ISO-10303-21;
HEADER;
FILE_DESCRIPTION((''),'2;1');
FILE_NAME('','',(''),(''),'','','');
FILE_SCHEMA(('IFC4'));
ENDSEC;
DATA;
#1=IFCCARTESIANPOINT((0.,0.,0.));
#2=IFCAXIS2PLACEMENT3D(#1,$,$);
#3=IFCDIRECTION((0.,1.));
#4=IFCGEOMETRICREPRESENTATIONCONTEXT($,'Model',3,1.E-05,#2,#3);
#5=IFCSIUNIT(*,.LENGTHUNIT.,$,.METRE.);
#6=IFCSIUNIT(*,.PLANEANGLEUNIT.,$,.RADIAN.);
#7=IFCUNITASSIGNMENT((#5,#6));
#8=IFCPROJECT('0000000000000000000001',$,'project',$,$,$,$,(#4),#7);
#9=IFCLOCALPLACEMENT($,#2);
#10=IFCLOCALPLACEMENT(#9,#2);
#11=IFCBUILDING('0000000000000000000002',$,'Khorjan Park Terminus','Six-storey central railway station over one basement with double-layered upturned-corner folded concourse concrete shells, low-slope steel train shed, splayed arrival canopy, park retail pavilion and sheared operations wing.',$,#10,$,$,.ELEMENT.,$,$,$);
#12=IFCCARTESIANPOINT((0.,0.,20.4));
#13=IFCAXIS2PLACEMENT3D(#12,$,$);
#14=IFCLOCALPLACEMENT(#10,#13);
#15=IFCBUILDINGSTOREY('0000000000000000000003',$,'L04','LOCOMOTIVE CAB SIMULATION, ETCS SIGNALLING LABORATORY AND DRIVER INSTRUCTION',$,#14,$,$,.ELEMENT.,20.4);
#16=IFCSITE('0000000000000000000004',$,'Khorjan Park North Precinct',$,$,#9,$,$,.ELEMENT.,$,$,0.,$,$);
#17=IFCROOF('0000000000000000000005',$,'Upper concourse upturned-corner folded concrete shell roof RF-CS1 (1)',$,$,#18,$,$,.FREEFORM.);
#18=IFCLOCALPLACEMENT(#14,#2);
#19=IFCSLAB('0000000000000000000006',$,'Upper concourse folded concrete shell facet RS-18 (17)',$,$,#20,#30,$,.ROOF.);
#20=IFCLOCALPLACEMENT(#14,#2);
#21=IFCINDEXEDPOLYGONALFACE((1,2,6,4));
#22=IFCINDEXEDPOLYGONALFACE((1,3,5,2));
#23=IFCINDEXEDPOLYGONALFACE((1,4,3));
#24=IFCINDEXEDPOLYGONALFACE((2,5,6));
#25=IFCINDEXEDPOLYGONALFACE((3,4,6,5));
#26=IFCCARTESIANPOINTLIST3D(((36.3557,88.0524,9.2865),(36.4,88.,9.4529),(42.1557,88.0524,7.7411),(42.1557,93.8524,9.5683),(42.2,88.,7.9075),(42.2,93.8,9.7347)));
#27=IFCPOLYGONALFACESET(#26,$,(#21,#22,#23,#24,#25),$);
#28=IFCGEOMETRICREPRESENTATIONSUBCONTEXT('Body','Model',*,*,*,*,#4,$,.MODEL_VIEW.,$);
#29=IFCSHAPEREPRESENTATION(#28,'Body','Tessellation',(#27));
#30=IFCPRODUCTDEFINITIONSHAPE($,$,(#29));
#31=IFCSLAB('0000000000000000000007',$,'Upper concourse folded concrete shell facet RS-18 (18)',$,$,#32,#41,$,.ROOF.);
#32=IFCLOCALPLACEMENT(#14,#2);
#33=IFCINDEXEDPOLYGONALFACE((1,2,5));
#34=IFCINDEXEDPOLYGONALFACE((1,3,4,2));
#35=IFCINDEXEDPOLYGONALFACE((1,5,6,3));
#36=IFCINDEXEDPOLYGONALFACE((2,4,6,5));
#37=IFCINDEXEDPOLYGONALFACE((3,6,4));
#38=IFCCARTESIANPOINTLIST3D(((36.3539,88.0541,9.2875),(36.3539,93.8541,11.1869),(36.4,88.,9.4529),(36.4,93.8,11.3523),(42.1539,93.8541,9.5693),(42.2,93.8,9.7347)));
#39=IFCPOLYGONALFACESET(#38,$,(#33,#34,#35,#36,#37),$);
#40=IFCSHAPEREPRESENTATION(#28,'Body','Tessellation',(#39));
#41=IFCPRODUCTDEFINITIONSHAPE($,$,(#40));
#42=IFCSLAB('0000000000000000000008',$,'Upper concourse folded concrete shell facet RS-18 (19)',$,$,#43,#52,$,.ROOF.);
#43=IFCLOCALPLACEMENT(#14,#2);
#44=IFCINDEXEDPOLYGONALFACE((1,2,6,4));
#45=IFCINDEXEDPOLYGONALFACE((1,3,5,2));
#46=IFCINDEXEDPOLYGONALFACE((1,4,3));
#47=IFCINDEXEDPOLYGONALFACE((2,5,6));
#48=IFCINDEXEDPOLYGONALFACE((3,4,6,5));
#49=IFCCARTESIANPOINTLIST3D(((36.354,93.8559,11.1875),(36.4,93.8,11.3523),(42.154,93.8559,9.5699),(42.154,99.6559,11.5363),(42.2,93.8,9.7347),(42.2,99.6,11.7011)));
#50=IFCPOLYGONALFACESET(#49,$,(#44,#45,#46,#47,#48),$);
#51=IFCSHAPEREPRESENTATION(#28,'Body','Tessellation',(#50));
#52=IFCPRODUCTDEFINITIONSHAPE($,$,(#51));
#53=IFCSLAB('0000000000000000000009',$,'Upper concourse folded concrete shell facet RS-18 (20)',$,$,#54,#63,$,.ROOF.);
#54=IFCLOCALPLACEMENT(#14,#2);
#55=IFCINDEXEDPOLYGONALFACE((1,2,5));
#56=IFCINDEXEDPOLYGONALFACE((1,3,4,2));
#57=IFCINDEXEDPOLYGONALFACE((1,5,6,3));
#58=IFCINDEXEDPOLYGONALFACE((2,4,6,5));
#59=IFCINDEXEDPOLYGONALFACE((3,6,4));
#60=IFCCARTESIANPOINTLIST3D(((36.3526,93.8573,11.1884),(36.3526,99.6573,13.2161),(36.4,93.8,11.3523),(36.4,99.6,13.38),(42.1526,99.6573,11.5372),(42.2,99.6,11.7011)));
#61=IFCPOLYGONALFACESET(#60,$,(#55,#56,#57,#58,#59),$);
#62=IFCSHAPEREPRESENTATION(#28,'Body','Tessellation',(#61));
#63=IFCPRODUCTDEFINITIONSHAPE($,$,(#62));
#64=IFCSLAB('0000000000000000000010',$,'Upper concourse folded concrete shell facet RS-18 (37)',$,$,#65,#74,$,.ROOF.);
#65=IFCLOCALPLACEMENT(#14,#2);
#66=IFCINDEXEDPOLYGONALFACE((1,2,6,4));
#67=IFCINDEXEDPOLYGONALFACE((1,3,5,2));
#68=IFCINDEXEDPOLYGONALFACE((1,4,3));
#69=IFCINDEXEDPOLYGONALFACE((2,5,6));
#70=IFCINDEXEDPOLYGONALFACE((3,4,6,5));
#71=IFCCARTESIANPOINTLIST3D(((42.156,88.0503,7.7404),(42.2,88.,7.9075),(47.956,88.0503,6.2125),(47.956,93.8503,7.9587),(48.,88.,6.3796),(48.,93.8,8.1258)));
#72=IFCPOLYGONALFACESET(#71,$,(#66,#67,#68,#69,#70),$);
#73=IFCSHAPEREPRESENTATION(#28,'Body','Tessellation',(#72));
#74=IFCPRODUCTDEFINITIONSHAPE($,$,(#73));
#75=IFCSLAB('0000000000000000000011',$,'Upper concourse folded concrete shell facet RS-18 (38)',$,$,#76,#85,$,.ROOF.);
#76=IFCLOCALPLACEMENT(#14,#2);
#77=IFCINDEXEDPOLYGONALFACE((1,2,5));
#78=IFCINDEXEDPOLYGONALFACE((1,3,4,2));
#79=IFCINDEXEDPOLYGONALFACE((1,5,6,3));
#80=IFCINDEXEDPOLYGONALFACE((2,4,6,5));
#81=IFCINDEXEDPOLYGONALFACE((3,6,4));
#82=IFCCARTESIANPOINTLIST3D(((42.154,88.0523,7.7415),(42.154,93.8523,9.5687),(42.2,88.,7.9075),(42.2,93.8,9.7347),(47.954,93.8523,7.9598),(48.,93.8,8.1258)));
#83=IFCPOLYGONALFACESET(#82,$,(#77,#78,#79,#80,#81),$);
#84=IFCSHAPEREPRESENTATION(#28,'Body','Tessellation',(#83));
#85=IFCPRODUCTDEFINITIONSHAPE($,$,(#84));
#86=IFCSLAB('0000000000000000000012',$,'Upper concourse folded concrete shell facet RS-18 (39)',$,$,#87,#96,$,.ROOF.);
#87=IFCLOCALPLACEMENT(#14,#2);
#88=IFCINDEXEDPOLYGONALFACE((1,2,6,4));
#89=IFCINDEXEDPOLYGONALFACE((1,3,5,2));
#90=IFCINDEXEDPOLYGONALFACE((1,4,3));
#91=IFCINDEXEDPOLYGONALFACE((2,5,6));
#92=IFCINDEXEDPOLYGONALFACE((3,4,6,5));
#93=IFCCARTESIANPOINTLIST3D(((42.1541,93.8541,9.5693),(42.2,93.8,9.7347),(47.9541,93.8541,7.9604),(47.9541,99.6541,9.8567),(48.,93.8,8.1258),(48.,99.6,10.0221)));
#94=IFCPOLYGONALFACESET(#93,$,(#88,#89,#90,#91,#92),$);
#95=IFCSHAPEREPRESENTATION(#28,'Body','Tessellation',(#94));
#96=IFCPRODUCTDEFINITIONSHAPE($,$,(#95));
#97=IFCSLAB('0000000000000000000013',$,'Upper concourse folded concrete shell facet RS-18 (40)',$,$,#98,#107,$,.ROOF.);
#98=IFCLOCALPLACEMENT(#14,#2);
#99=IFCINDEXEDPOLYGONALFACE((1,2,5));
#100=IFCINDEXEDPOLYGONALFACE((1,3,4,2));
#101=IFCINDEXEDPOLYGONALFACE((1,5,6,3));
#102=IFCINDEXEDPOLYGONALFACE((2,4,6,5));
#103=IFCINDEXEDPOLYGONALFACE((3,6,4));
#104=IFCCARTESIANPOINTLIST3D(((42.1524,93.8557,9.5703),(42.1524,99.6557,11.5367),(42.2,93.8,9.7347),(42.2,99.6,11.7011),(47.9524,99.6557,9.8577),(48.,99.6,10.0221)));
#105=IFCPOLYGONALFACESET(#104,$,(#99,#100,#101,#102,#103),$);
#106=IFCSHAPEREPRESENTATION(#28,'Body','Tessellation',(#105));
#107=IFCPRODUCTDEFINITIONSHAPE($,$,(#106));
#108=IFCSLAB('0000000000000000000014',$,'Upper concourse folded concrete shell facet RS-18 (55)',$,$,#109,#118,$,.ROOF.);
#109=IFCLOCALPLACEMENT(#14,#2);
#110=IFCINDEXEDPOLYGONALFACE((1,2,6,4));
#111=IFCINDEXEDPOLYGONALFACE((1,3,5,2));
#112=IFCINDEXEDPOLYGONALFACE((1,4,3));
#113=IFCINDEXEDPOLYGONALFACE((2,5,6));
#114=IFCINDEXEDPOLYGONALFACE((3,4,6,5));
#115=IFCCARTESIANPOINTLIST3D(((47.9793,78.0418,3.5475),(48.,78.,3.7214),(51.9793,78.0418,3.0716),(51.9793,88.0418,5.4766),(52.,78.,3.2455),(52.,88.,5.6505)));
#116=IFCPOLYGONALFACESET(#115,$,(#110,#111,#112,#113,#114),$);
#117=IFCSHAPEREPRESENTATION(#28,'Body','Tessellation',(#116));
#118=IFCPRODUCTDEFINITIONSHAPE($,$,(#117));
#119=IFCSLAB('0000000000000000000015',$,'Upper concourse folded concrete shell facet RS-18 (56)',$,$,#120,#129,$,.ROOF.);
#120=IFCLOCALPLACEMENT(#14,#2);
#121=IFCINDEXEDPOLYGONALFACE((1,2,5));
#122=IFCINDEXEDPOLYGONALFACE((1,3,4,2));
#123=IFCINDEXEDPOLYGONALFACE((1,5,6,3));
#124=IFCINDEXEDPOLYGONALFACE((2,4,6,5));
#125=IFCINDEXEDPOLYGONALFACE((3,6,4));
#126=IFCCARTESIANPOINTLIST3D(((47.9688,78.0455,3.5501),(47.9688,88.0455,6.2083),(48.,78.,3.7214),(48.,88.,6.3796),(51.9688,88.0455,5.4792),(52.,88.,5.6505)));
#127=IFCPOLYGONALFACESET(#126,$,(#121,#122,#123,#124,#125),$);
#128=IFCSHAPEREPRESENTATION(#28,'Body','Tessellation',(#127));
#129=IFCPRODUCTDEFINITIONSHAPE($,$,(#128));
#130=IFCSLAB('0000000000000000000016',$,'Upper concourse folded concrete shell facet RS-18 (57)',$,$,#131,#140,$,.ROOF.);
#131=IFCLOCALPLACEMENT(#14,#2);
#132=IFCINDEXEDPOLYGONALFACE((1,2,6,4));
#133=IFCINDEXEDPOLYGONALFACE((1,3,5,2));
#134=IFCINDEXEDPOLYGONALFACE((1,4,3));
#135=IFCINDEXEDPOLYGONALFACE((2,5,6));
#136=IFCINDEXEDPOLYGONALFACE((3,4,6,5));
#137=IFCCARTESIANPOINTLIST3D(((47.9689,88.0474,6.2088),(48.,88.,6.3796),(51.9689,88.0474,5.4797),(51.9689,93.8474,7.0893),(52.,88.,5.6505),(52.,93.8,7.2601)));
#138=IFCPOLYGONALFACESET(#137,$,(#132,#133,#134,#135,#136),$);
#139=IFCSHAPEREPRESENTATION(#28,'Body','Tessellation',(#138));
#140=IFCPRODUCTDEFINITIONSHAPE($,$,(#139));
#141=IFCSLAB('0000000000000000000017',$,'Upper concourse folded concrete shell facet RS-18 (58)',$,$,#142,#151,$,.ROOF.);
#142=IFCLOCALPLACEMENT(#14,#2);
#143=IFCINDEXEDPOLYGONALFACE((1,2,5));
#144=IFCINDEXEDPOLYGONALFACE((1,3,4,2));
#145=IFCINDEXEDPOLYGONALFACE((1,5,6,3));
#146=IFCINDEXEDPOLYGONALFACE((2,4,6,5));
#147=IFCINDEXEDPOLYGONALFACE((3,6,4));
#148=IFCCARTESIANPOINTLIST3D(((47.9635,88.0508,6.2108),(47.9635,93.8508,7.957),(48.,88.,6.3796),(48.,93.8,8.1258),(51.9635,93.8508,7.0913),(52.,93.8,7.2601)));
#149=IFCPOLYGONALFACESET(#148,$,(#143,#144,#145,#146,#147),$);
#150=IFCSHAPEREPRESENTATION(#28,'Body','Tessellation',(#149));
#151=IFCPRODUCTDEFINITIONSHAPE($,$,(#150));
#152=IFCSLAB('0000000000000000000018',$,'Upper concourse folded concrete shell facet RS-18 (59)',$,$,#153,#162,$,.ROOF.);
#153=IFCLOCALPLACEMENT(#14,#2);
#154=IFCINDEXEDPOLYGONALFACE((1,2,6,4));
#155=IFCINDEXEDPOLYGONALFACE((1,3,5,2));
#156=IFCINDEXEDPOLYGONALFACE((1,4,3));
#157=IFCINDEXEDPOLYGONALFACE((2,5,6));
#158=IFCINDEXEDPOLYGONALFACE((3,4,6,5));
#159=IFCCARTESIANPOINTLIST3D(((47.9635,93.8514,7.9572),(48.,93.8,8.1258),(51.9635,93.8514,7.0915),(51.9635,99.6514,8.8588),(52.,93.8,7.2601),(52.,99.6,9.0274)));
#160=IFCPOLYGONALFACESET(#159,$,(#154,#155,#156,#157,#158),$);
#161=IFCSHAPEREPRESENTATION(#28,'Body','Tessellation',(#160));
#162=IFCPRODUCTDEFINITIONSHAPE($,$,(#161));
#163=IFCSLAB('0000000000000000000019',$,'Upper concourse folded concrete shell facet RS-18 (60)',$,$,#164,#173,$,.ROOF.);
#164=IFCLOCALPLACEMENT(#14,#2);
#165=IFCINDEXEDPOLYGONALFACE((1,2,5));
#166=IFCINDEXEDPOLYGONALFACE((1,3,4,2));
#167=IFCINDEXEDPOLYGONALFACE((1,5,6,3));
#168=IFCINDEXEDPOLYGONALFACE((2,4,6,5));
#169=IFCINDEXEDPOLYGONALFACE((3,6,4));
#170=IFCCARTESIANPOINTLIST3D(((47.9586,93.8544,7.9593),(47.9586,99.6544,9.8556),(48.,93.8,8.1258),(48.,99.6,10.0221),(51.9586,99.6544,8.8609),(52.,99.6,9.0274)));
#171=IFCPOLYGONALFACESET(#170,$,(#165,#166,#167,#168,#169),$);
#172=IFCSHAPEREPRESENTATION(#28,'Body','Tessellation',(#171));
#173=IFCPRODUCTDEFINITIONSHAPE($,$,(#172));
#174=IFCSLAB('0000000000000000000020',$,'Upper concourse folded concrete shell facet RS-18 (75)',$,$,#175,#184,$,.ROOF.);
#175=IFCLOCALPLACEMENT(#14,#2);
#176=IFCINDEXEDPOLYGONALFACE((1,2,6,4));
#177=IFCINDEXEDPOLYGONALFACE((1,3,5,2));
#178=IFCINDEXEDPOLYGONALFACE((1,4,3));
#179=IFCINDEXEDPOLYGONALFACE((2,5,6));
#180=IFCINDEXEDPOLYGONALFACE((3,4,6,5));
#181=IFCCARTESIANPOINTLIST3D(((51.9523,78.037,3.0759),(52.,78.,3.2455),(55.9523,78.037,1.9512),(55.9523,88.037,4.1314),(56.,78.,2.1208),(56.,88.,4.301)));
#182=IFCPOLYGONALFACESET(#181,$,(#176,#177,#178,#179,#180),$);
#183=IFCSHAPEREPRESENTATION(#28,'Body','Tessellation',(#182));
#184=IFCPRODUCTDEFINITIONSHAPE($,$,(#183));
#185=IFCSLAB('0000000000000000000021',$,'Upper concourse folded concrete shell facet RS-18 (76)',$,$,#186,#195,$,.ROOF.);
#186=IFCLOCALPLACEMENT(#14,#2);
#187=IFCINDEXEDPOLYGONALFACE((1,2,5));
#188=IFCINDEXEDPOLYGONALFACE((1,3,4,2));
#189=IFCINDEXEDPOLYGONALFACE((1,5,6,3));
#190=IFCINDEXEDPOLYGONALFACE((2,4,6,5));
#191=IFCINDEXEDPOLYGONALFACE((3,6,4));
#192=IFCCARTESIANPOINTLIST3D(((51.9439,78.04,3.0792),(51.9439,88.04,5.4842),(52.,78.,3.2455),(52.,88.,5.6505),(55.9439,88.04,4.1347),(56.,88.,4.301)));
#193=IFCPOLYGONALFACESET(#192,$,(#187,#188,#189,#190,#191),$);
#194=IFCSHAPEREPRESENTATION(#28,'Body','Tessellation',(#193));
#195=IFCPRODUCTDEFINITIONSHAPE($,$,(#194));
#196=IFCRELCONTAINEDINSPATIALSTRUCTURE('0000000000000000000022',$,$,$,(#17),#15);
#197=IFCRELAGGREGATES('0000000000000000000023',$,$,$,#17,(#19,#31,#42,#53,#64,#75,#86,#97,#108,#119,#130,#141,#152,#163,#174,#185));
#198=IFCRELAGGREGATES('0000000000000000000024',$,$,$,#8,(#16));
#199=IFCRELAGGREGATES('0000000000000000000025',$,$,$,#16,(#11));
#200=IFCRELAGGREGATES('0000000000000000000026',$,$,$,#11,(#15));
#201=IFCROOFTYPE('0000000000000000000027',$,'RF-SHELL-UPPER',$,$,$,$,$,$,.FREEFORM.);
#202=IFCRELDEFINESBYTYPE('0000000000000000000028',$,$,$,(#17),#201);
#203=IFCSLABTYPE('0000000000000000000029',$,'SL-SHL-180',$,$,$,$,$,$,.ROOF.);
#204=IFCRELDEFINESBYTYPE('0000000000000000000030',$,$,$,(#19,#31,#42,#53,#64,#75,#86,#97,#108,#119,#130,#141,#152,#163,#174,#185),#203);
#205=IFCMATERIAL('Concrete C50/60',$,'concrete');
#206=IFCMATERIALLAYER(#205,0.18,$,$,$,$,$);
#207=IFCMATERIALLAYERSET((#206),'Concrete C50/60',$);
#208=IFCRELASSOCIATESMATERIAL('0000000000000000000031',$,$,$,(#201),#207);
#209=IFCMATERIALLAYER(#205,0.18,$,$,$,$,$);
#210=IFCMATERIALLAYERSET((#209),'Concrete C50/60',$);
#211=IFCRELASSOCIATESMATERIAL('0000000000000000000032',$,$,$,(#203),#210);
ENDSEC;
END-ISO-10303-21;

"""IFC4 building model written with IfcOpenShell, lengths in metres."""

from ifc_helpers import new_model, si_unit, direction, frame, origin, place, context, subcontext, project, spatial, polyline, outline, extrude, material, layer, layer_set, type_object, element, aggregate, save


model = new_model("IFC4")

# Units and contexts
model_context = context("Model", 3, precision=1e-05, world=origin(), true_north=direction((0.0, 1.0)))
body_context = subcontext(model_context, "Body", "Model", "MODEL_VIEW")
ifc_project = project(units=[si_unit("LENGTHUNIT", "METRE"), si_unit("PLANEANGLEUNIT", "RADIAN")], contexts=[model_context])

# Site, building, storey
site_placement = place(None, origin())
site = spatial("IfcSite", under=ifc_project, at=site_placement, Name="Khorjan Park North Precinct", CompositionType="ELEMENT", RefElevation=0.0)
building_placement = place(site_placement, origin())
building = spatial("IfcBuilding", under=site, at=building_placement, Name="Khorjan Park Terminus", Description="Six-storey central railway station over one basement with double-layered upturned-corner folded concourse concrete shells, low-slope steel train shed, splayed arrival canopy, park retail pavilion and sheared operations wing.", CompositionType="ELEMENT")
storey_placement = place(building_placement, frame((0.0, 0.0, 20.4)))
storey = spatial("IfcBuildingStorey", under=building, at=storey_placement, Name="L04", Description="LOCOMOTIVE CAB SIMULATION, ETCS SIGNALLING LABORATORY AND DRIVER INSTRUCTION", CompositionType="ELEMENT", Elevation=20.4)

# Roof, slabs
ifc_material = material(Name="Concrete C50/60", Category="concrete")
ifc_layer_1 = layer(ifc_material, 0.18)
ifc_layer_set_1 = layer_set([ifc_layer_1], Name="Concrete C50/60")
roof_type = type_object("IfcRoofType", Name="RF-SHELL-UPPER", PredefinedType="FREEFORM", material=ifc_layer_set_1)
roof_placement = place(storey_placement, origin())
roof = element("IfcRoof", 1, at=roof_placement, inside=storey, type_object=roof_type, Name="Upper concourse upturned-corner folded concrete shell roof RF-CS1 (1)", PredefinedType="FREEFORM")
ifc_layer_2 = layer(ifc_material, 0.18)
ifc_layer_set_2 = layer_set([ifc_layer_2], Name="Concrete C50/60")
slab_type = type_object("IfcSlabType", Name="SL-SHL-180", PredefinedType="ROOF", material=ifc_layer_set_2)
slab_1_placement = place(storey_placement, frame((36.4, 88.0, 9.4529), z_axis=(0.246306, -0.291219, 0.924405), x_axis=(0.966287, 0.0, -0.257466)))
slab_1 = element("IfcSlab", 2, at=slab_1_placement, type_object=slab_type, Name="Upper concourse folded concrete shell facet RS-18 (17)", PredefinedType="ROOF", context=body_context, shape_type="SweptSolid", body=[
    extrude(outline(polyline([(0.0, 0.0), (6.0024, 0.0), (5.5319, 6.0628), (0.0, 0.0)])), origin(), (0.0, 0.0, -1.0), 0.18),
])
slab_2_placement = place(storey_placement, frame((36.4, 88.0, 9.4529), z_axis=(0.2562, -0.300832, 0.918619), x_axis=(0.70669, 0.70669, 0.034335)))
slab_2 = element("IfcSlab", 3, at=slab_2_placement, type_object=slab_type, Name="Upper concourse folded concrete shell facet RS-18 (18)", PredefinedType="ROOF", context=body_context, shape_type="SweptSolid", body=[
    extrude(outline(polyline([(0.0, 0.0), (8.2073, 0.0), (4.164, 4.4619), (0.0, 0.0)])), origin(), (0.0, 0.0, -1.0), 0.18),
])
slab_3_placement = place(storey_placement, frame((36.4, 93.8, 11.3523), z_axis=(0.255372, -0.310437, 0.91565), x_axis=(0.963239, 0.0, -0.268644)))
slab_3 = element("IfcSlab", 4, at=slab_3_placement, type_object=slab_type, Name="Upper concourse folded concrete shell facet RS-18 (19)", PredefinedType="ROOF", context=body_context, shape_type="SweptSolid", body=[
    extrude(outline(polyline([(0.0, 0.0), (6.0213, 0.0), (5.4931, 6.1014), (0.0, 0.0)])), origin(), (0.0, 0.0, -1.0), 0.18),
])
slab_4_placement = place(storey_placement, frame((36.4, 93.8, 11.3523), z_axis=(0.263585, -0.318346, 0.910592), x_axis=(0.706468, 0.706468, 0.042486)))
slab_4 = element("IfcSlab", 5, at=slab_4_placement, type_object=slab_type, Name="Upper concourse folded concrete shell facet RS-18 (20)", PredefinedType="ROOF", context=body_context, shape_type="SweptSolid", body=[
    extrude(outline(polyline([(0.0, 0.0), (8.2099, 0.0), (4.1837, 4.4998), (0.0, 0.0)])), origin(), (0.0, 0.0, -1.0), 0.18),
])
slab_5_placement = place(storey_placement, frame((42.2, 88.0, 7.9075), z_axis=(0.244586, -0.279531, 0.928461), x_axis=(0.967009, 0.0, -0.25474)))
slab_5 = element("IfcSlab", 6, at=slab_5_placement, type_object=slab_type, Name="Upper concourse folded concrete shell facet RS-18 (37)", PredefinedType="ROOF", context=body_context, shape_type="SweptSolid", body=[
    extrude(outline(polyline([(0.0, 0.0), (5.9979, 0.0), (5.553, 6.0408), (0.0, 0.0)])), origin(), (0.0, 0.0, -1.0), 0.18),
])
slab_6_placement = place(storey_placement, frame((42.2, 88.0, 7.9075), z_axis=(0.255777, -0.290481, 0.922062), x_axis=(0.706856, 0.706856, 0.026605)))
slab_6 = element("IfcSlab", 7, at=slab_6_placement, type_object=slab_type, Name="Upper concourse folded concrete shell facet RS-18 (38)", PredefinedType="ROOF", context=body_context, shape_type="SweptSolid", body=[
    extrude(outline(polyline([(0.0, 0.0), (8.2053, 0.0), (4.1484, 4.4463), (0.0, 0.0)])), origin(), (0.0, 0.0, -1.0), 0.18),
])
slab_7_placement = place(storey_placement, frame((42.2, 93.8, 9.7347), z_axis=(0.254949, -0.300491, 0.919079), x_axis=(0.963613, 0.0, -0.267303)))
slab_7 = element("IfcSlab", 8, at=slab_7_placement, type_object=slab_type, Name="Upper concourse folded concrete shell facet RS-18 (39)", PredefinedType="ROOF", context=body_context, shape_type="SweptSolid", body=[
    extrude(outline(polyline([(0.0, 0.0), (6.019, 0.0), (5.5121, 6.081), (0.0, 0.0)])), origin(), (0.0, 0.0, -1.0), 0.18),
])
slab_8_placement = place(storey_placement, frame((42.2, 93.8, 9.7347), z_axis=(0.264399, -0.309657, 0.913349), x_axis=(0.706673, 0.706673, 0.035017)))
slab_8 = element("IfcSlab", 9, at=slab_8_placement, type_object=slab_type, Name="Upper concourse folded concrete shell facet RS-18 (40)", PredefinedType="ROOF", context=body_context, shape_type="SweptSolid", body=[
    extrude(outline(polyline([(0.0, 0.0), (8.2075, 0.0), (4.1676, 4.4876), (0.0, 0.0)])), origin(), (0.0, 0.0, -1.0), 0.18),
])
slab_9_placement = place(storey_placement, frame((48.0, 78.0, 3.7214), z_axis=(0.11491, -0.232284, 0.965836), x_axis=(0.992997, 0.0, -0.118142)))
slab_9 = element("IfcSlab", 10, at=slab_9_placement, type_object=slab_type, Name="Upper concourse folded concrete shell facet RS-18 (55)", PredefinedType="ROOF", context=body_context, shape_type="SweptSolid", body=[
    extrude(outline(polyline([(0.0, 0.0), (4.0282, 0.0), (3.7441, 10.2812), (0.0, 0.0)])), origin(), (0.0, 0.0, -1.0), 0.18),
])
slab_10_placement = place(storey_placement, frame((48.0, 78.0, 3.7214), z_axis=(0.173486, -0.253003, 0.951784), x_axis=(0.365573, 0.913932, 0.176307)))
slab_10 = element("IfcSlab", 11, at=slab_10_placement, type_object=slab_type, Name="Upper concourse folded concrete shell facet RS-18 (56)", PredefinedType="ROOF", context=body_context, shape_type="SweptSolid", body=[
    extrude(outline(polyline([(0.0, 0.0), (10.9417, 0.0), (9.608, 3.8409), (0.0, 0.0)])), origin(), (0.0, 0.0, -1.0), 0.18),
])
slab_11_placement = place(storey_placement, frame((48.0, 88.0, 6.3796), z_axis=(0.172989, -0.263379, 0.949055), x_axis=(0.983791, 0.0, -0.17932)))
slab_11 = element("IfcSlab", 12, at=slab_11_placement, type_object=slab_type, Name="Upper concourse folded concrete shell facet RS-18 (57)", PredefinedType="ROOF", context=body_context, shape_type="SweptSolid", body=[
    extrude(outline(polyline([(0.0, 0.0), (4.0659, 0.0), (3.7773, 6.0123), (0.0, 0.0)])), origin(), (0.0, 0.0, -1.0), 0.18),
])
slab_12_placement = place(storey_placement, frame((48.0, 88.0, 6.3796), z_axis=(0.202925, -0.282289, 0.937622), x_axis=(0.563351, 0.816859, 0.124008)))
slab_12 = element("IfcSlab", 13, at=slab_12_placement, type_object=slab_type, Name="Upper concourse folded concrete shell facet RS-18 (58)", PredefinedType="ROOF", context=body_context, shape_type="SweptSolid", body=[
    extrude(outline(polyline([(0.0, 0.0), (7.1004, 0.0), (4.9543, 3.4848), (0.0, 0.0)])), origin(), (0.0, 0.0, -1.0), 0.18),
])
slab_13_placement = place(storey_placement, frame((48.0, 93.8, 8.1258), z_axis=(0.202728, -0.285423, 0.936715), x_axis=(0.977372, 0.0, -0.211528)))
slab_13 = element("IfcSlab", 14, at=slab_13_placement, type_object=slab_type, Name="Upper concourse folded concrete shell facet RS-18 (59)", PredefinedType="ROOF", context=body_context, shape_type="SweptSolid", body=[
    extrude(outline(polyline([(0.0, 0.0), (4.0926, 0.0), (3.7188, 6.0517), (0.0, 0.0)])), origin(), (0.0, 0.0, -1.0), 0.18),
])
slab_14_placement = place(storey_placement, frame((48.0, 93.8, 8.1258), z_axis=(0.230025, -0.302427, 0.925001), x_axis=(0.563141, 0.816554, 0.126932)))
slab_14 = element("IfcSlab", 15, at=slab_14_placement, type_object=slab_type, Name="Upper concourse folded concrete shell facet RS-18 (60)", PredefinedType="ROOF", context=body_context, shape_type="SweptSolid", body=[
    extrude(outline(polyline([(0.0, 0.0), (7.103, 0.0), (4.9767, 3.531), (0.0, 0.0)])), origin(), (0.0, 0.0, -1.0), 0.18),
])
slab_15_placement = place(storey_placement, frame((52.0, 78.0, 3.2455), z_axis=(0.264907, -0.205406, 0.942143), x_axis=(0.96267, 0.0, -0.270679)))
slab_15 = element("IfcSlab", 16, at=slab_15_placement, type_object=slab_type, Name="Upper concourse folded concrete shell facet RS-18 (75)", PredefinedType="ROOF", context=body_context, shape_type="SweptSolid", body=[
    extrude(outline(polyline([(0.0, 0.0), (4.1551, 0.0), (3.565, 10.2179), (0.0, 0.0)])), origin(), (0.0, 0.0, -1.0), 0.18),
])
slab_16_placement = place(storey_placement, frame((52.0, 78.0, 3.2455), z_axis=(0.311682, -0.222185, 0.923844), x_axis=(0.36962, 0.92405, 0.097533)))
slab_16 = element("IfcSlab", 17, at=slab_16_placement, type_object=slab_type, Name="Upper concourse folded concrete shell facet RS-18 (76)", PredefinedType="ROOF", context=body_context, shape_type="SweptSolid", body=[
    extrude(outline(polyline([(0.0, 0.0), (10.8219, 0.0), (9.4751, 4.0009), (0.0, 0.0)])), origin(), (0.0, 0.0, -1.0), 0.18),
])
aggregate(roof, [slab_1, slab_2, slab_3, slab_4, slab_5, slab_6, slab_7, slab_8, slab_9, slab_10, slab_11, slab_12, slab_13, slab_14, slab_15, slab_16])

save(model, "model.ifc")
